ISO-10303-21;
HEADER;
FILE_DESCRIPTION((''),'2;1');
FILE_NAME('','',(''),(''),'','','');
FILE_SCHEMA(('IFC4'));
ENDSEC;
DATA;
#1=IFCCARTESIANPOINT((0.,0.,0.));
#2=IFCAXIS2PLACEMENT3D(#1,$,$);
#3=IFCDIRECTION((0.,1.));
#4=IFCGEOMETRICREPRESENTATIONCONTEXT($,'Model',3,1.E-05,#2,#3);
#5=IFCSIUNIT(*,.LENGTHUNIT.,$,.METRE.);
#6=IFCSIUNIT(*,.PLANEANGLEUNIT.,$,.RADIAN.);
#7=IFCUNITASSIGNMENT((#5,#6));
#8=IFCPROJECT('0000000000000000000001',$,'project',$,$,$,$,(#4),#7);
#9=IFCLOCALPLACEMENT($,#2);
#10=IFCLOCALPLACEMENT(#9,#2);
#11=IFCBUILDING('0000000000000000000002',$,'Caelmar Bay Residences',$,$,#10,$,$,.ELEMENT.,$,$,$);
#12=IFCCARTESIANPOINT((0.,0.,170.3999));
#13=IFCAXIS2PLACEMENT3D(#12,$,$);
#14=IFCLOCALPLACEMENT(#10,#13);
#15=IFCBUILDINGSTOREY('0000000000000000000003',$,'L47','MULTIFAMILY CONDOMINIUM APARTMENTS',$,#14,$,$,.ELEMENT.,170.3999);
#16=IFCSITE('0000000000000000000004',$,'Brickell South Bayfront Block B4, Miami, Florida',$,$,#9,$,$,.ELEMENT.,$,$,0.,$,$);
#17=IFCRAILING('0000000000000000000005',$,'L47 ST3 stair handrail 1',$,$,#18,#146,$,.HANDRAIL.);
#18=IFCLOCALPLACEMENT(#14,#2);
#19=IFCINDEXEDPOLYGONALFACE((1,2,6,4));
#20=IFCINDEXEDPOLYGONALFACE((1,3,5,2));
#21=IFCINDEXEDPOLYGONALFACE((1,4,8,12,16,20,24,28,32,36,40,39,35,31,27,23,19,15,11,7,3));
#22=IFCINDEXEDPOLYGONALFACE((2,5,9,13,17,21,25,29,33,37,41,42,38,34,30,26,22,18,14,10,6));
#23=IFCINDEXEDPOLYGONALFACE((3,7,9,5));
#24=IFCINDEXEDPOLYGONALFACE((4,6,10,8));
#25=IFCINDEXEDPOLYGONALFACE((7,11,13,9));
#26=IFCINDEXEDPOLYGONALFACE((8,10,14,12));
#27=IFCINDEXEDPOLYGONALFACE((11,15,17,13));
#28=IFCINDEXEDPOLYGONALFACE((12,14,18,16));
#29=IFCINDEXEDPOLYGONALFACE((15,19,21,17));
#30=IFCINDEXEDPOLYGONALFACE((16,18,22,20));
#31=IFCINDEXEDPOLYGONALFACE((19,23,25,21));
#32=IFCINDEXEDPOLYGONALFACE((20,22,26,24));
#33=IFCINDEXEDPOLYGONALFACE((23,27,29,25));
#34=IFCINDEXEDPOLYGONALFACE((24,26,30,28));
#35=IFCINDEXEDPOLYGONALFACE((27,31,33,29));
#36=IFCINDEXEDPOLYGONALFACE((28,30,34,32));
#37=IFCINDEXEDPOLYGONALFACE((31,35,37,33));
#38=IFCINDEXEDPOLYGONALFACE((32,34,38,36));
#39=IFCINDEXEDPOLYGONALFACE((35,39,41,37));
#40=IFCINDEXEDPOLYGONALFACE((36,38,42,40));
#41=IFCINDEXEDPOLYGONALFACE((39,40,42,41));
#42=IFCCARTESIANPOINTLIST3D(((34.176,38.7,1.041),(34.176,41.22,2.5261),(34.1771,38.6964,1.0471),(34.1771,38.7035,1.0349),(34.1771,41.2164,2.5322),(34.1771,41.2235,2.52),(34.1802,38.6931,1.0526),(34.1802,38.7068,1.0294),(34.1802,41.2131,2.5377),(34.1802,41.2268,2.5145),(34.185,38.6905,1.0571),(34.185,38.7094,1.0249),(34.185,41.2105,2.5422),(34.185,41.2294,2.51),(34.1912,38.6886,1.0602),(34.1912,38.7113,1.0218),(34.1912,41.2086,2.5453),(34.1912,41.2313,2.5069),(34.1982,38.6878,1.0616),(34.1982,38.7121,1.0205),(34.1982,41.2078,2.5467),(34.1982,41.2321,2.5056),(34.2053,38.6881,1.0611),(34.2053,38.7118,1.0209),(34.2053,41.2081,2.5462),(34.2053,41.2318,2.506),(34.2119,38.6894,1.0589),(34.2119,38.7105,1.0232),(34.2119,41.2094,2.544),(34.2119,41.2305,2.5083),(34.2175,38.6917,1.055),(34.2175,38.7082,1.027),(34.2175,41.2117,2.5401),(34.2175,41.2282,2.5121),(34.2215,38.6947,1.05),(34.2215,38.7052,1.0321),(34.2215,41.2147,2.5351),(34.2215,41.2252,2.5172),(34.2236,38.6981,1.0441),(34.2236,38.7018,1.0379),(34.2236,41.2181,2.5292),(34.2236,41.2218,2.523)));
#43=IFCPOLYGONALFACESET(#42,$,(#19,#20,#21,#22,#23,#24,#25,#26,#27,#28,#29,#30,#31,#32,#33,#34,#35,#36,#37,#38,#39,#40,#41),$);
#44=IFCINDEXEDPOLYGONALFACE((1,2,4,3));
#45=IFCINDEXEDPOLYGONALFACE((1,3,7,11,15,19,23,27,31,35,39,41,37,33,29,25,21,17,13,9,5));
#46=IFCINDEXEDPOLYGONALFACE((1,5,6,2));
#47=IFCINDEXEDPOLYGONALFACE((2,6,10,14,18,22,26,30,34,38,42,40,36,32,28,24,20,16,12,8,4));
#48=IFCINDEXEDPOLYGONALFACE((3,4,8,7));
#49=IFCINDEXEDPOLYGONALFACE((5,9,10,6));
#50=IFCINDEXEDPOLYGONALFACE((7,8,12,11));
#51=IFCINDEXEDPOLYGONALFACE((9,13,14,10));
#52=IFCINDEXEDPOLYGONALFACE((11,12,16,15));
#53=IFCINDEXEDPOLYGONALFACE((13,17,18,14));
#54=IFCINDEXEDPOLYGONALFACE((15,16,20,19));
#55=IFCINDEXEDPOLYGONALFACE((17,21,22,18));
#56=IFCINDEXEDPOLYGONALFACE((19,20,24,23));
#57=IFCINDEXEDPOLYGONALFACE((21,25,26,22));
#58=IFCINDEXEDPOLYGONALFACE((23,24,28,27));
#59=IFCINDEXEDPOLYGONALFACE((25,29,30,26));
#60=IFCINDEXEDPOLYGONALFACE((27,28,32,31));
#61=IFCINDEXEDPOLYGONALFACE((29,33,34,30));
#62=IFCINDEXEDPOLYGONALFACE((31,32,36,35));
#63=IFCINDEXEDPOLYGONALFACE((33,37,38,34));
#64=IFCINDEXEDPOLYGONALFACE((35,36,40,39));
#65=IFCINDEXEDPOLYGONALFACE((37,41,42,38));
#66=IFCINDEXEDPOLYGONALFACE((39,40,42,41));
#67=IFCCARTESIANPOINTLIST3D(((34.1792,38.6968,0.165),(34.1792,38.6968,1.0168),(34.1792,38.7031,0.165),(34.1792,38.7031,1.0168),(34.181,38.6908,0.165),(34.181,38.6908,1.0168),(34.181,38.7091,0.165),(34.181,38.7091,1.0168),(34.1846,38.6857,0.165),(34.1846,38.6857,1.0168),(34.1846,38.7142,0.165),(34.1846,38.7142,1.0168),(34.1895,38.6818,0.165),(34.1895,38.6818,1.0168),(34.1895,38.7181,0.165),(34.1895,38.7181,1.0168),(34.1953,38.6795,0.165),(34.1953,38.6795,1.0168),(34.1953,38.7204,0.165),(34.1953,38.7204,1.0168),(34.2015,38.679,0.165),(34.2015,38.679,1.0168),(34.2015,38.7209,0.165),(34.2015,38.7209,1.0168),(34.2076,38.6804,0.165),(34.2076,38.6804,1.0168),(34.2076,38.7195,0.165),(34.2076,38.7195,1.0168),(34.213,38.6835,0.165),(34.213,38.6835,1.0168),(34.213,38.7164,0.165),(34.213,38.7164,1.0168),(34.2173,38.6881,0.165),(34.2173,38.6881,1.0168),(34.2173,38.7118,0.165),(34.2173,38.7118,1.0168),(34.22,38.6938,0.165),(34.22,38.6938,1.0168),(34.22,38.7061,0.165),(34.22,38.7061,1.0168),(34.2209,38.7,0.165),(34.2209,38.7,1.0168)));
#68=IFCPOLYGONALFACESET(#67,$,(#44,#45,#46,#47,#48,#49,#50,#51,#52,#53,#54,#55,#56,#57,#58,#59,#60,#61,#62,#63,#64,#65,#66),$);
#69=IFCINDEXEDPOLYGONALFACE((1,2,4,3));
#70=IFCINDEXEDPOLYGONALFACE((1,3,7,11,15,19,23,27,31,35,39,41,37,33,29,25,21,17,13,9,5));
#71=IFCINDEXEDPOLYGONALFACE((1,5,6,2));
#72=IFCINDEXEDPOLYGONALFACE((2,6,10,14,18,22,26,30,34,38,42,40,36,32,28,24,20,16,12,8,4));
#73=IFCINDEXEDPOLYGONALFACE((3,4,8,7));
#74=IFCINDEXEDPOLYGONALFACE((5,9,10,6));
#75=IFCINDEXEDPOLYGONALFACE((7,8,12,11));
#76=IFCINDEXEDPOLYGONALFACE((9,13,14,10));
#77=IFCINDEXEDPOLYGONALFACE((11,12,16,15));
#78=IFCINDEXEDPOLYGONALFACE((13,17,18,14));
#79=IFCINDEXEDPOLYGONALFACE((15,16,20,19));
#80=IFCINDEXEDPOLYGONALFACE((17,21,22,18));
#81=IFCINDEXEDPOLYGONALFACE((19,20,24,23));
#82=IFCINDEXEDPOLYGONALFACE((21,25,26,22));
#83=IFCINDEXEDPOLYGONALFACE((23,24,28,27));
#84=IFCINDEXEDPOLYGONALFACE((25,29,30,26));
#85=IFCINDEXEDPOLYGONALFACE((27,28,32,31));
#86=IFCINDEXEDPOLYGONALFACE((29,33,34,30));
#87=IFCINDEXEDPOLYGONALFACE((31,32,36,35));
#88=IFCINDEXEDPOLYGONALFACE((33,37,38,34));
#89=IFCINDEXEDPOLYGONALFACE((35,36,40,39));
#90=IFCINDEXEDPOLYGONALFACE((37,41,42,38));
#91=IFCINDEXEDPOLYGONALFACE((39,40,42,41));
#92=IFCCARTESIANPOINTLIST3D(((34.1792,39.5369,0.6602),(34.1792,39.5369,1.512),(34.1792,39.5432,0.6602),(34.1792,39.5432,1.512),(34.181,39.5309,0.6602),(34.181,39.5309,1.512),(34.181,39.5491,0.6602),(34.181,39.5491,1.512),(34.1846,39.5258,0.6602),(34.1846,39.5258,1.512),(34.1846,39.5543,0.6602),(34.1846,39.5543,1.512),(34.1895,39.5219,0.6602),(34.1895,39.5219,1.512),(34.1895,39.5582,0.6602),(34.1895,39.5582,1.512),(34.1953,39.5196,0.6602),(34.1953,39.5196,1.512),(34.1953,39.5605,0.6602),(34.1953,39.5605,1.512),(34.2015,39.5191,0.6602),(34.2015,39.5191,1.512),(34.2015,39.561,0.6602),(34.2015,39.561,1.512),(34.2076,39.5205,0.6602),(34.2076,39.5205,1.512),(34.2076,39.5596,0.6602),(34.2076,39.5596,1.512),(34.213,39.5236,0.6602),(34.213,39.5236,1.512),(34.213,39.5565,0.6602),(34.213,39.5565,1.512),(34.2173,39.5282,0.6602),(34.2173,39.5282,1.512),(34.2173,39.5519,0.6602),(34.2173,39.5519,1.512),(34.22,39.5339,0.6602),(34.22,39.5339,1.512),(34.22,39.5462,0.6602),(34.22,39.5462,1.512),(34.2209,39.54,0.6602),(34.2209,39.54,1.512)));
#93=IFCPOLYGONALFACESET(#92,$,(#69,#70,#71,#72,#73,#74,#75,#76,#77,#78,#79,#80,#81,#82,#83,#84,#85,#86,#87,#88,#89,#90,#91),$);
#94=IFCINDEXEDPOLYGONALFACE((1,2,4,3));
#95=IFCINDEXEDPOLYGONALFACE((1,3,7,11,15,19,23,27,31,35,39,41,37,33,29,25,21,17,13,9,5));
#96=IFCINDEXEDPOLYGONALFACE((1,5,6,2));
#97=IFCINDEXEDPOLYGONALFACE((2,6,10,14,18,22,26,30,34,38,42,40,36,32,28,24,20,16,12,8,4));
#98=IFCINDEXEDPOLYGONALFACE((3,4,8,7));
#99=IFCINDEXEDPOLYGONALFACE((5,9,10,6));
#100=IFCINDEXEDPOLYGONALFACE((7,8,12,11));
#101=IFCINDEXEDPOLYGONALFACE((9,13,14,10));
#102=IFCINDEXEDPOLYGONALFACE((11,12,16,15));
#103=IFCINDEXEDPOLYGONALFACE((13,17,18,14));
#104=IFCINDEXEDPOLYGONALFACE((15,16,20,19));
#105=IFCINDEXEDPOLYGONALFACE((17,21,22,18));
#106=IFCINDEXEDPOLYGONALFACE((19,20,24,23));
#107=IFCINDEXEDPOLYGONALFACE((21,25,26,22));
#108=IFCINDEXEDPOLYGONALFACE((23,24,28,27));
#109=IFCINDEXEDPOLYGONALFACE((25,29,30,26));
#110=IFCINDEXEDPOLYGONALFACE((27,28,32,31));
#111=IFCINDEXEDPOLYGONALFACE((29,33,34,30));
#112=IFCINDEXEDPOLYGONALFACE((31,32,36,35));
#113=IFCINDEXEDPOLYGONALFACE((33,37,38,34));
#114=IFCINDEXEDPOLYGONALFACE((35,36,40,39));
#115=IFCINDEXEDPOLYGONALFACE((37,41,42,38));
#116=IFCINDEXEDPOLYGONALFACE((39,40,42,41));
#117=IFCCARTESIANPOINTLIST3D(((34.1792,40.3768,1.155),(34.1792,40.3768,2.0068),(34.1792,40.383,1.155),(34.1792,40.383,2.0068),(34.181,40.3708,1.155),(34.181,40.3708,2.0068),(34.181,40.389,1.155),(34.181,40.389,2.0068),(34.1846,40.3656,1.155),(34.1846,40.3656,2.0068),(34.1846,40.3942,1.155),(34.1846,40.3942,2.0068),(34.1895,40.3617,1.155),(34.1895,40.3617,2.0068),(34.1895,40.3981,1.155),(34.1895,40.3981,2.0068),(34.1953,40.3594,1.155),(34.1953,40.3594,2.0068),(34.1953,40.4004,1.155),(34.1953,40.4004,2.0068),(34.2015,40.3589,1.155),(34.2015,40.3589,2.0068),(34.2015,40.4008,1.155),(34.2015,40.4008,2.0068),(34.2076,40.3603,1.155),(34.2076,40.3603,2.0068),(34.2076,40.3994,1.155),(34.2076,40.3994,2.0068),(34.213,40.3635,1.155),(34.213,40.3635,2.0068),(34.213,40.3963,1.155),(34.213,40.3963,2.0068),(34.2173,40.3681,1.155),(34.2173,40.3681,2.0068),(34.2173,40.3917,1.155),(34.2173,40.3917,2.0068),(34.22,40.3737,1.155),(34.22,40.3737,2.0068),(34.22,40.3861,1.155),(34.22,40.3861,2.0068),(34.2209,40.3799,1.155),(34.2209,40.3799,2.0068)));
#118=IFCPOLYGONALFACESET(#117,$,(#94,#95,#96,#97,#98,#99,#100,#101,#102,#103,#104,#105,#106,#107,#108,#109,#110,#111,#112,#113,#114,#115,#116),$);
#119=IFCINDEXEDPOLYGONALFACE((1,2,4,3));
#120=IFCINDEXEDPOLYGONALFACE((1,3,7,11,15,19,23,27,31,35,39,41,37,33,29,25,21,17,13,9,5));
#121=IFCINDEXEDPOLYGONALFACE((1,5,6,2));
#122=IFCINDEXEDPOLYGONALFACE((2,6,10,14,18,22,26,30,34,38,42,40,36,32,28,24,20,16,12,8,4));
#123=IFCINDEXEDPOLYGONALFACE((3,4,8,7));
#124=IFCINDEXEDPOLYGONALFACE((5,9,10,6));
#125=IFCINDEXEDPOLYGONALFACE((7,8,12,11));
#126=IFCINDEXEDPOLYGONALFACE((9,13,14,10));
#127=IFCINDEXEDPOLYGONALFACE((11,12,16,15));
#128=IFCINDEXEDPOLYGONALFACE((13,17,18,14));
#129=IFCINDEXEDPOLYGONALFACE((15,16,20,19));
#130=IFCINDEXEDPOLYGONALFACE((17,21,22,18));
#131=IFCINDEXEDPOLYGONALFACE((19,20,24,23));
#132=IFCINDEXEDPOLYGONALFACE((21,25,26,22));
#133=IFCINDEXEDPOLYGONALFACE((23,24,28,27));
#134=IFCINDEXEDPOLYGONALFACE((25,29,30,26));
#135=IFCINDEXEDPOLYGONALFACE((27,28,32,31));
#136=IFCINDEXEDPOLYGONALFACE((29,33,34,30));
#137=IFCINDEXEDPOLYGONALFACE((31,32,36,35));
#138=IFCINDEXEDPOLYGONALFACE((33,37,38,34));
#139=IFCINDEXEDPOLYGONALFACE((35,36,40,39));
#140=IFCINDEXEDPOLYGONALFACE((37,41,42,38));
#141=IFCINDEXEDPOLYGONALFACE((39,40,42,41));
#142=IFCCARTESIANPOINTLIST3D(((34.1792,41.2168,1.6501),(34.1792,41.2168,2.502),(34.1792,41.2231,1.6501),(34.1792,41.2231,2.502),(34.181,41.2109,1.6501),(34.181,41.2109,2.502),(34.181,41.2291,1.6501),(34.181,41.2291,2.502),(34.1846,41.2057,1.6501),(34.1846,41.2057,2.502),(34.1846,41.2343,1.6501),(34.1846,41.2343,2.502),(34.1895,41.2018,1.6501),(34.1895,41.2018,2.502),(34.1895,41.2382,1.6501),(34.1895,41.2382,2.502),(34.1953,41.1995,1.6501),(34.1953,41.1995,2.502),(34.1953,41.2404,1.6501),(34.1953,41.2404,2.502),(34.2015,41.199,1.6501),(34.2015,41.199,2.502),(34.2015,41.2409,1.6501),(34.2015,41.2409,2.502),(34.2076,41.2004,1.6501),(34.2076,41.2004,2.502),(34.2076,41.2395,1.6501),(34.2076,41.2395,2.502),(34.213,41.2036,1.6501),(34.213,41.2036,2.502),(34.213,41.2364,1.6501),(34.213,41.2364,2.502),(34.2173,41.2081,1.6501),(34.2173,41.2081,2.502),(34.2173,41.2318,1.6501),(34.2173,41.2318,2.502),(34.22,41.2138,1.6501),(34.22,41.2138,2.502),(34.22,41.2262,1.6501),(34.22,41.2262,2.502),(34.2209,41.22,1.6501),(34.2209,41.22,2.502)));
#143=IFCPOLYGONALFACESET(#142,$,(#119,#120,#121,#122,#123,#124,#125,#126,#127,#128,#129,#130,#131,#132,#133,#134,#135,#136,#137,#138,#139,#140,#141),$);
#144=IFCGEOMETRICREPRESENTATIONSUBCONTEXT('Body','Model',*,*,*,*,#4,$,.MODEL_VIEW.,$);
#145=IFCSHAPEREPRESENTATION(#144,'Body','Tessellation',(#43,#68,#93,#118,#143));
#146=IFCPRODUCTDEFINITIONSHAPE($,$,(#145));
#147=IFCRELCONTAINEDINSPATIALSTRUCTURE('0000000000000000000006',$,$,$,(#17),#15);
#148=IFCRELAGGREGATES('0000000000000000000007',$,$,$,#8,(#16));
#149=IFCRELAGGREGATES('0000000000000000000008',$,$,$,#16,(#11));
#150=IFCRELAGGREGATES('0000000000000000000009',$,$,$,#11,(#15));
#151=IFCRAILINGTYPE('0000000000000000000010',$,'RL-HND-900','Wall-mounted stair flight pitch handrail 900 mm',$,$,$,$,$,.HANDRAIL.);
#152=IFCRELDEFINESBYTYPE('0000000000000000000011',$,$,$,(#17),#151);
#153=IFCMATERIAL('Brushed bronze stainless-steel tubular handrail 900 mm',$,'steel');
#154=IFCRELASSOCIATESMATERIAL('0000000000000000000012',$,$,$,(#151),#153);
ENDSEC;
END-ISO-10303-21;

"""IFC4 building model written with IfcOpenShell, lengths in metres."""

from ifc_helpers import new_model, si_unit, direction, frame, origin, origin_2d, place, context, subcontext, project, spatial, circle, extrude, material, type_object, element, save


model = new_model("IFC4")

# Units and contexts
model_context = context("Model", 3, precision=1e-05, world=origin(), true_north=direction((0.0, 1.0)))
body_context = subcontext(model_context, "Body", "Model", "MODEL_VIEW")
ifc_project = project(units=[si_unit("LENGTHUNIT", "METRE"), si_unit("PLANEANGLEUNIT", "RADIAN")], contexts=[model_context])

# Site, building, storey
site_placement = place(None, origin())
site = spatial("IfcSite", under=ifc_project, at=site_placement, Name="Brickell South Bayfront Block B4, Miami, Florida", CompositionType="ELEMENT", RefElevation=0.0)
building_placement = place(site_placement, origin())
building = spatial("IfcBuilding", under=site, at=building_placement, Name="Caelmar Bay Residences", CompositionType="ELEMENT")
storey_placement = place(building_placement, frame((0.0, 0.0, 170.3999)))
storey = spatial("IfcBuildingStorey", under=building, at=storey_placement, Name="L47", Description="MULTIFAMILY CONDOMINIUM APARTMENTS", CompositionType="ELEMENT", Elevation=170.3999)

# Railing
ifc_material_1 = material(Name="Brushed bronze stainless-steel tubular handrail 900 mm", Category="steel")
railing_type_1 = type_object("IfcRailingType", Name="RL-HND-900", Description="Wall-mounted stair flight pitch handrail 900 mm", PredefinedType="HANDRAIL", material=ifc_material_1)
railing_1_placement = place(storey_placement, frame((34.2, 38.7, 0.165)))
element("IfcRailing", 1, at=railing_1_placement, inside=storey, type_object=railing_type_1, Name="L47 ST3 stair handrail 1", PredefinedType="HANDRAIL", context=body_context, shape_type="SweptSolid", body=[
    extrude(circle(Radius=0.0239, at=origin_2d()), frame((0.0, 0.0, 0.876), z_axis=(0.0, 0.861524, 0.507717), x_axis=(-1.0, 0.0, 0.0)), (0.0, 0.0, 1.0), 2.925),
    extrude(circle(Radius=0.021, at=origin_2d()), origin(), (0.0, 0.0, 1.0), 0.8518),
    extrude(circle(Radius=0.021, at=origin_2d()), frame((0.0, 0.8401, 0.4951)), (0.0, 0.0, 1.0), 0.8518),
    extrude(circle(Radius=0.021, at=origin_2d()), frame((0.0, 1.6799, 0.99)), (0.0, 0.0, 1.0), 0.8518),
    extrude(circle(Radius=0.021, at=origin_2d()), frame((0.0, 2.52, 1.4851)), (0.0, 0.0, 1.0), 0.8518),
])

save(model, "model.ifc")
